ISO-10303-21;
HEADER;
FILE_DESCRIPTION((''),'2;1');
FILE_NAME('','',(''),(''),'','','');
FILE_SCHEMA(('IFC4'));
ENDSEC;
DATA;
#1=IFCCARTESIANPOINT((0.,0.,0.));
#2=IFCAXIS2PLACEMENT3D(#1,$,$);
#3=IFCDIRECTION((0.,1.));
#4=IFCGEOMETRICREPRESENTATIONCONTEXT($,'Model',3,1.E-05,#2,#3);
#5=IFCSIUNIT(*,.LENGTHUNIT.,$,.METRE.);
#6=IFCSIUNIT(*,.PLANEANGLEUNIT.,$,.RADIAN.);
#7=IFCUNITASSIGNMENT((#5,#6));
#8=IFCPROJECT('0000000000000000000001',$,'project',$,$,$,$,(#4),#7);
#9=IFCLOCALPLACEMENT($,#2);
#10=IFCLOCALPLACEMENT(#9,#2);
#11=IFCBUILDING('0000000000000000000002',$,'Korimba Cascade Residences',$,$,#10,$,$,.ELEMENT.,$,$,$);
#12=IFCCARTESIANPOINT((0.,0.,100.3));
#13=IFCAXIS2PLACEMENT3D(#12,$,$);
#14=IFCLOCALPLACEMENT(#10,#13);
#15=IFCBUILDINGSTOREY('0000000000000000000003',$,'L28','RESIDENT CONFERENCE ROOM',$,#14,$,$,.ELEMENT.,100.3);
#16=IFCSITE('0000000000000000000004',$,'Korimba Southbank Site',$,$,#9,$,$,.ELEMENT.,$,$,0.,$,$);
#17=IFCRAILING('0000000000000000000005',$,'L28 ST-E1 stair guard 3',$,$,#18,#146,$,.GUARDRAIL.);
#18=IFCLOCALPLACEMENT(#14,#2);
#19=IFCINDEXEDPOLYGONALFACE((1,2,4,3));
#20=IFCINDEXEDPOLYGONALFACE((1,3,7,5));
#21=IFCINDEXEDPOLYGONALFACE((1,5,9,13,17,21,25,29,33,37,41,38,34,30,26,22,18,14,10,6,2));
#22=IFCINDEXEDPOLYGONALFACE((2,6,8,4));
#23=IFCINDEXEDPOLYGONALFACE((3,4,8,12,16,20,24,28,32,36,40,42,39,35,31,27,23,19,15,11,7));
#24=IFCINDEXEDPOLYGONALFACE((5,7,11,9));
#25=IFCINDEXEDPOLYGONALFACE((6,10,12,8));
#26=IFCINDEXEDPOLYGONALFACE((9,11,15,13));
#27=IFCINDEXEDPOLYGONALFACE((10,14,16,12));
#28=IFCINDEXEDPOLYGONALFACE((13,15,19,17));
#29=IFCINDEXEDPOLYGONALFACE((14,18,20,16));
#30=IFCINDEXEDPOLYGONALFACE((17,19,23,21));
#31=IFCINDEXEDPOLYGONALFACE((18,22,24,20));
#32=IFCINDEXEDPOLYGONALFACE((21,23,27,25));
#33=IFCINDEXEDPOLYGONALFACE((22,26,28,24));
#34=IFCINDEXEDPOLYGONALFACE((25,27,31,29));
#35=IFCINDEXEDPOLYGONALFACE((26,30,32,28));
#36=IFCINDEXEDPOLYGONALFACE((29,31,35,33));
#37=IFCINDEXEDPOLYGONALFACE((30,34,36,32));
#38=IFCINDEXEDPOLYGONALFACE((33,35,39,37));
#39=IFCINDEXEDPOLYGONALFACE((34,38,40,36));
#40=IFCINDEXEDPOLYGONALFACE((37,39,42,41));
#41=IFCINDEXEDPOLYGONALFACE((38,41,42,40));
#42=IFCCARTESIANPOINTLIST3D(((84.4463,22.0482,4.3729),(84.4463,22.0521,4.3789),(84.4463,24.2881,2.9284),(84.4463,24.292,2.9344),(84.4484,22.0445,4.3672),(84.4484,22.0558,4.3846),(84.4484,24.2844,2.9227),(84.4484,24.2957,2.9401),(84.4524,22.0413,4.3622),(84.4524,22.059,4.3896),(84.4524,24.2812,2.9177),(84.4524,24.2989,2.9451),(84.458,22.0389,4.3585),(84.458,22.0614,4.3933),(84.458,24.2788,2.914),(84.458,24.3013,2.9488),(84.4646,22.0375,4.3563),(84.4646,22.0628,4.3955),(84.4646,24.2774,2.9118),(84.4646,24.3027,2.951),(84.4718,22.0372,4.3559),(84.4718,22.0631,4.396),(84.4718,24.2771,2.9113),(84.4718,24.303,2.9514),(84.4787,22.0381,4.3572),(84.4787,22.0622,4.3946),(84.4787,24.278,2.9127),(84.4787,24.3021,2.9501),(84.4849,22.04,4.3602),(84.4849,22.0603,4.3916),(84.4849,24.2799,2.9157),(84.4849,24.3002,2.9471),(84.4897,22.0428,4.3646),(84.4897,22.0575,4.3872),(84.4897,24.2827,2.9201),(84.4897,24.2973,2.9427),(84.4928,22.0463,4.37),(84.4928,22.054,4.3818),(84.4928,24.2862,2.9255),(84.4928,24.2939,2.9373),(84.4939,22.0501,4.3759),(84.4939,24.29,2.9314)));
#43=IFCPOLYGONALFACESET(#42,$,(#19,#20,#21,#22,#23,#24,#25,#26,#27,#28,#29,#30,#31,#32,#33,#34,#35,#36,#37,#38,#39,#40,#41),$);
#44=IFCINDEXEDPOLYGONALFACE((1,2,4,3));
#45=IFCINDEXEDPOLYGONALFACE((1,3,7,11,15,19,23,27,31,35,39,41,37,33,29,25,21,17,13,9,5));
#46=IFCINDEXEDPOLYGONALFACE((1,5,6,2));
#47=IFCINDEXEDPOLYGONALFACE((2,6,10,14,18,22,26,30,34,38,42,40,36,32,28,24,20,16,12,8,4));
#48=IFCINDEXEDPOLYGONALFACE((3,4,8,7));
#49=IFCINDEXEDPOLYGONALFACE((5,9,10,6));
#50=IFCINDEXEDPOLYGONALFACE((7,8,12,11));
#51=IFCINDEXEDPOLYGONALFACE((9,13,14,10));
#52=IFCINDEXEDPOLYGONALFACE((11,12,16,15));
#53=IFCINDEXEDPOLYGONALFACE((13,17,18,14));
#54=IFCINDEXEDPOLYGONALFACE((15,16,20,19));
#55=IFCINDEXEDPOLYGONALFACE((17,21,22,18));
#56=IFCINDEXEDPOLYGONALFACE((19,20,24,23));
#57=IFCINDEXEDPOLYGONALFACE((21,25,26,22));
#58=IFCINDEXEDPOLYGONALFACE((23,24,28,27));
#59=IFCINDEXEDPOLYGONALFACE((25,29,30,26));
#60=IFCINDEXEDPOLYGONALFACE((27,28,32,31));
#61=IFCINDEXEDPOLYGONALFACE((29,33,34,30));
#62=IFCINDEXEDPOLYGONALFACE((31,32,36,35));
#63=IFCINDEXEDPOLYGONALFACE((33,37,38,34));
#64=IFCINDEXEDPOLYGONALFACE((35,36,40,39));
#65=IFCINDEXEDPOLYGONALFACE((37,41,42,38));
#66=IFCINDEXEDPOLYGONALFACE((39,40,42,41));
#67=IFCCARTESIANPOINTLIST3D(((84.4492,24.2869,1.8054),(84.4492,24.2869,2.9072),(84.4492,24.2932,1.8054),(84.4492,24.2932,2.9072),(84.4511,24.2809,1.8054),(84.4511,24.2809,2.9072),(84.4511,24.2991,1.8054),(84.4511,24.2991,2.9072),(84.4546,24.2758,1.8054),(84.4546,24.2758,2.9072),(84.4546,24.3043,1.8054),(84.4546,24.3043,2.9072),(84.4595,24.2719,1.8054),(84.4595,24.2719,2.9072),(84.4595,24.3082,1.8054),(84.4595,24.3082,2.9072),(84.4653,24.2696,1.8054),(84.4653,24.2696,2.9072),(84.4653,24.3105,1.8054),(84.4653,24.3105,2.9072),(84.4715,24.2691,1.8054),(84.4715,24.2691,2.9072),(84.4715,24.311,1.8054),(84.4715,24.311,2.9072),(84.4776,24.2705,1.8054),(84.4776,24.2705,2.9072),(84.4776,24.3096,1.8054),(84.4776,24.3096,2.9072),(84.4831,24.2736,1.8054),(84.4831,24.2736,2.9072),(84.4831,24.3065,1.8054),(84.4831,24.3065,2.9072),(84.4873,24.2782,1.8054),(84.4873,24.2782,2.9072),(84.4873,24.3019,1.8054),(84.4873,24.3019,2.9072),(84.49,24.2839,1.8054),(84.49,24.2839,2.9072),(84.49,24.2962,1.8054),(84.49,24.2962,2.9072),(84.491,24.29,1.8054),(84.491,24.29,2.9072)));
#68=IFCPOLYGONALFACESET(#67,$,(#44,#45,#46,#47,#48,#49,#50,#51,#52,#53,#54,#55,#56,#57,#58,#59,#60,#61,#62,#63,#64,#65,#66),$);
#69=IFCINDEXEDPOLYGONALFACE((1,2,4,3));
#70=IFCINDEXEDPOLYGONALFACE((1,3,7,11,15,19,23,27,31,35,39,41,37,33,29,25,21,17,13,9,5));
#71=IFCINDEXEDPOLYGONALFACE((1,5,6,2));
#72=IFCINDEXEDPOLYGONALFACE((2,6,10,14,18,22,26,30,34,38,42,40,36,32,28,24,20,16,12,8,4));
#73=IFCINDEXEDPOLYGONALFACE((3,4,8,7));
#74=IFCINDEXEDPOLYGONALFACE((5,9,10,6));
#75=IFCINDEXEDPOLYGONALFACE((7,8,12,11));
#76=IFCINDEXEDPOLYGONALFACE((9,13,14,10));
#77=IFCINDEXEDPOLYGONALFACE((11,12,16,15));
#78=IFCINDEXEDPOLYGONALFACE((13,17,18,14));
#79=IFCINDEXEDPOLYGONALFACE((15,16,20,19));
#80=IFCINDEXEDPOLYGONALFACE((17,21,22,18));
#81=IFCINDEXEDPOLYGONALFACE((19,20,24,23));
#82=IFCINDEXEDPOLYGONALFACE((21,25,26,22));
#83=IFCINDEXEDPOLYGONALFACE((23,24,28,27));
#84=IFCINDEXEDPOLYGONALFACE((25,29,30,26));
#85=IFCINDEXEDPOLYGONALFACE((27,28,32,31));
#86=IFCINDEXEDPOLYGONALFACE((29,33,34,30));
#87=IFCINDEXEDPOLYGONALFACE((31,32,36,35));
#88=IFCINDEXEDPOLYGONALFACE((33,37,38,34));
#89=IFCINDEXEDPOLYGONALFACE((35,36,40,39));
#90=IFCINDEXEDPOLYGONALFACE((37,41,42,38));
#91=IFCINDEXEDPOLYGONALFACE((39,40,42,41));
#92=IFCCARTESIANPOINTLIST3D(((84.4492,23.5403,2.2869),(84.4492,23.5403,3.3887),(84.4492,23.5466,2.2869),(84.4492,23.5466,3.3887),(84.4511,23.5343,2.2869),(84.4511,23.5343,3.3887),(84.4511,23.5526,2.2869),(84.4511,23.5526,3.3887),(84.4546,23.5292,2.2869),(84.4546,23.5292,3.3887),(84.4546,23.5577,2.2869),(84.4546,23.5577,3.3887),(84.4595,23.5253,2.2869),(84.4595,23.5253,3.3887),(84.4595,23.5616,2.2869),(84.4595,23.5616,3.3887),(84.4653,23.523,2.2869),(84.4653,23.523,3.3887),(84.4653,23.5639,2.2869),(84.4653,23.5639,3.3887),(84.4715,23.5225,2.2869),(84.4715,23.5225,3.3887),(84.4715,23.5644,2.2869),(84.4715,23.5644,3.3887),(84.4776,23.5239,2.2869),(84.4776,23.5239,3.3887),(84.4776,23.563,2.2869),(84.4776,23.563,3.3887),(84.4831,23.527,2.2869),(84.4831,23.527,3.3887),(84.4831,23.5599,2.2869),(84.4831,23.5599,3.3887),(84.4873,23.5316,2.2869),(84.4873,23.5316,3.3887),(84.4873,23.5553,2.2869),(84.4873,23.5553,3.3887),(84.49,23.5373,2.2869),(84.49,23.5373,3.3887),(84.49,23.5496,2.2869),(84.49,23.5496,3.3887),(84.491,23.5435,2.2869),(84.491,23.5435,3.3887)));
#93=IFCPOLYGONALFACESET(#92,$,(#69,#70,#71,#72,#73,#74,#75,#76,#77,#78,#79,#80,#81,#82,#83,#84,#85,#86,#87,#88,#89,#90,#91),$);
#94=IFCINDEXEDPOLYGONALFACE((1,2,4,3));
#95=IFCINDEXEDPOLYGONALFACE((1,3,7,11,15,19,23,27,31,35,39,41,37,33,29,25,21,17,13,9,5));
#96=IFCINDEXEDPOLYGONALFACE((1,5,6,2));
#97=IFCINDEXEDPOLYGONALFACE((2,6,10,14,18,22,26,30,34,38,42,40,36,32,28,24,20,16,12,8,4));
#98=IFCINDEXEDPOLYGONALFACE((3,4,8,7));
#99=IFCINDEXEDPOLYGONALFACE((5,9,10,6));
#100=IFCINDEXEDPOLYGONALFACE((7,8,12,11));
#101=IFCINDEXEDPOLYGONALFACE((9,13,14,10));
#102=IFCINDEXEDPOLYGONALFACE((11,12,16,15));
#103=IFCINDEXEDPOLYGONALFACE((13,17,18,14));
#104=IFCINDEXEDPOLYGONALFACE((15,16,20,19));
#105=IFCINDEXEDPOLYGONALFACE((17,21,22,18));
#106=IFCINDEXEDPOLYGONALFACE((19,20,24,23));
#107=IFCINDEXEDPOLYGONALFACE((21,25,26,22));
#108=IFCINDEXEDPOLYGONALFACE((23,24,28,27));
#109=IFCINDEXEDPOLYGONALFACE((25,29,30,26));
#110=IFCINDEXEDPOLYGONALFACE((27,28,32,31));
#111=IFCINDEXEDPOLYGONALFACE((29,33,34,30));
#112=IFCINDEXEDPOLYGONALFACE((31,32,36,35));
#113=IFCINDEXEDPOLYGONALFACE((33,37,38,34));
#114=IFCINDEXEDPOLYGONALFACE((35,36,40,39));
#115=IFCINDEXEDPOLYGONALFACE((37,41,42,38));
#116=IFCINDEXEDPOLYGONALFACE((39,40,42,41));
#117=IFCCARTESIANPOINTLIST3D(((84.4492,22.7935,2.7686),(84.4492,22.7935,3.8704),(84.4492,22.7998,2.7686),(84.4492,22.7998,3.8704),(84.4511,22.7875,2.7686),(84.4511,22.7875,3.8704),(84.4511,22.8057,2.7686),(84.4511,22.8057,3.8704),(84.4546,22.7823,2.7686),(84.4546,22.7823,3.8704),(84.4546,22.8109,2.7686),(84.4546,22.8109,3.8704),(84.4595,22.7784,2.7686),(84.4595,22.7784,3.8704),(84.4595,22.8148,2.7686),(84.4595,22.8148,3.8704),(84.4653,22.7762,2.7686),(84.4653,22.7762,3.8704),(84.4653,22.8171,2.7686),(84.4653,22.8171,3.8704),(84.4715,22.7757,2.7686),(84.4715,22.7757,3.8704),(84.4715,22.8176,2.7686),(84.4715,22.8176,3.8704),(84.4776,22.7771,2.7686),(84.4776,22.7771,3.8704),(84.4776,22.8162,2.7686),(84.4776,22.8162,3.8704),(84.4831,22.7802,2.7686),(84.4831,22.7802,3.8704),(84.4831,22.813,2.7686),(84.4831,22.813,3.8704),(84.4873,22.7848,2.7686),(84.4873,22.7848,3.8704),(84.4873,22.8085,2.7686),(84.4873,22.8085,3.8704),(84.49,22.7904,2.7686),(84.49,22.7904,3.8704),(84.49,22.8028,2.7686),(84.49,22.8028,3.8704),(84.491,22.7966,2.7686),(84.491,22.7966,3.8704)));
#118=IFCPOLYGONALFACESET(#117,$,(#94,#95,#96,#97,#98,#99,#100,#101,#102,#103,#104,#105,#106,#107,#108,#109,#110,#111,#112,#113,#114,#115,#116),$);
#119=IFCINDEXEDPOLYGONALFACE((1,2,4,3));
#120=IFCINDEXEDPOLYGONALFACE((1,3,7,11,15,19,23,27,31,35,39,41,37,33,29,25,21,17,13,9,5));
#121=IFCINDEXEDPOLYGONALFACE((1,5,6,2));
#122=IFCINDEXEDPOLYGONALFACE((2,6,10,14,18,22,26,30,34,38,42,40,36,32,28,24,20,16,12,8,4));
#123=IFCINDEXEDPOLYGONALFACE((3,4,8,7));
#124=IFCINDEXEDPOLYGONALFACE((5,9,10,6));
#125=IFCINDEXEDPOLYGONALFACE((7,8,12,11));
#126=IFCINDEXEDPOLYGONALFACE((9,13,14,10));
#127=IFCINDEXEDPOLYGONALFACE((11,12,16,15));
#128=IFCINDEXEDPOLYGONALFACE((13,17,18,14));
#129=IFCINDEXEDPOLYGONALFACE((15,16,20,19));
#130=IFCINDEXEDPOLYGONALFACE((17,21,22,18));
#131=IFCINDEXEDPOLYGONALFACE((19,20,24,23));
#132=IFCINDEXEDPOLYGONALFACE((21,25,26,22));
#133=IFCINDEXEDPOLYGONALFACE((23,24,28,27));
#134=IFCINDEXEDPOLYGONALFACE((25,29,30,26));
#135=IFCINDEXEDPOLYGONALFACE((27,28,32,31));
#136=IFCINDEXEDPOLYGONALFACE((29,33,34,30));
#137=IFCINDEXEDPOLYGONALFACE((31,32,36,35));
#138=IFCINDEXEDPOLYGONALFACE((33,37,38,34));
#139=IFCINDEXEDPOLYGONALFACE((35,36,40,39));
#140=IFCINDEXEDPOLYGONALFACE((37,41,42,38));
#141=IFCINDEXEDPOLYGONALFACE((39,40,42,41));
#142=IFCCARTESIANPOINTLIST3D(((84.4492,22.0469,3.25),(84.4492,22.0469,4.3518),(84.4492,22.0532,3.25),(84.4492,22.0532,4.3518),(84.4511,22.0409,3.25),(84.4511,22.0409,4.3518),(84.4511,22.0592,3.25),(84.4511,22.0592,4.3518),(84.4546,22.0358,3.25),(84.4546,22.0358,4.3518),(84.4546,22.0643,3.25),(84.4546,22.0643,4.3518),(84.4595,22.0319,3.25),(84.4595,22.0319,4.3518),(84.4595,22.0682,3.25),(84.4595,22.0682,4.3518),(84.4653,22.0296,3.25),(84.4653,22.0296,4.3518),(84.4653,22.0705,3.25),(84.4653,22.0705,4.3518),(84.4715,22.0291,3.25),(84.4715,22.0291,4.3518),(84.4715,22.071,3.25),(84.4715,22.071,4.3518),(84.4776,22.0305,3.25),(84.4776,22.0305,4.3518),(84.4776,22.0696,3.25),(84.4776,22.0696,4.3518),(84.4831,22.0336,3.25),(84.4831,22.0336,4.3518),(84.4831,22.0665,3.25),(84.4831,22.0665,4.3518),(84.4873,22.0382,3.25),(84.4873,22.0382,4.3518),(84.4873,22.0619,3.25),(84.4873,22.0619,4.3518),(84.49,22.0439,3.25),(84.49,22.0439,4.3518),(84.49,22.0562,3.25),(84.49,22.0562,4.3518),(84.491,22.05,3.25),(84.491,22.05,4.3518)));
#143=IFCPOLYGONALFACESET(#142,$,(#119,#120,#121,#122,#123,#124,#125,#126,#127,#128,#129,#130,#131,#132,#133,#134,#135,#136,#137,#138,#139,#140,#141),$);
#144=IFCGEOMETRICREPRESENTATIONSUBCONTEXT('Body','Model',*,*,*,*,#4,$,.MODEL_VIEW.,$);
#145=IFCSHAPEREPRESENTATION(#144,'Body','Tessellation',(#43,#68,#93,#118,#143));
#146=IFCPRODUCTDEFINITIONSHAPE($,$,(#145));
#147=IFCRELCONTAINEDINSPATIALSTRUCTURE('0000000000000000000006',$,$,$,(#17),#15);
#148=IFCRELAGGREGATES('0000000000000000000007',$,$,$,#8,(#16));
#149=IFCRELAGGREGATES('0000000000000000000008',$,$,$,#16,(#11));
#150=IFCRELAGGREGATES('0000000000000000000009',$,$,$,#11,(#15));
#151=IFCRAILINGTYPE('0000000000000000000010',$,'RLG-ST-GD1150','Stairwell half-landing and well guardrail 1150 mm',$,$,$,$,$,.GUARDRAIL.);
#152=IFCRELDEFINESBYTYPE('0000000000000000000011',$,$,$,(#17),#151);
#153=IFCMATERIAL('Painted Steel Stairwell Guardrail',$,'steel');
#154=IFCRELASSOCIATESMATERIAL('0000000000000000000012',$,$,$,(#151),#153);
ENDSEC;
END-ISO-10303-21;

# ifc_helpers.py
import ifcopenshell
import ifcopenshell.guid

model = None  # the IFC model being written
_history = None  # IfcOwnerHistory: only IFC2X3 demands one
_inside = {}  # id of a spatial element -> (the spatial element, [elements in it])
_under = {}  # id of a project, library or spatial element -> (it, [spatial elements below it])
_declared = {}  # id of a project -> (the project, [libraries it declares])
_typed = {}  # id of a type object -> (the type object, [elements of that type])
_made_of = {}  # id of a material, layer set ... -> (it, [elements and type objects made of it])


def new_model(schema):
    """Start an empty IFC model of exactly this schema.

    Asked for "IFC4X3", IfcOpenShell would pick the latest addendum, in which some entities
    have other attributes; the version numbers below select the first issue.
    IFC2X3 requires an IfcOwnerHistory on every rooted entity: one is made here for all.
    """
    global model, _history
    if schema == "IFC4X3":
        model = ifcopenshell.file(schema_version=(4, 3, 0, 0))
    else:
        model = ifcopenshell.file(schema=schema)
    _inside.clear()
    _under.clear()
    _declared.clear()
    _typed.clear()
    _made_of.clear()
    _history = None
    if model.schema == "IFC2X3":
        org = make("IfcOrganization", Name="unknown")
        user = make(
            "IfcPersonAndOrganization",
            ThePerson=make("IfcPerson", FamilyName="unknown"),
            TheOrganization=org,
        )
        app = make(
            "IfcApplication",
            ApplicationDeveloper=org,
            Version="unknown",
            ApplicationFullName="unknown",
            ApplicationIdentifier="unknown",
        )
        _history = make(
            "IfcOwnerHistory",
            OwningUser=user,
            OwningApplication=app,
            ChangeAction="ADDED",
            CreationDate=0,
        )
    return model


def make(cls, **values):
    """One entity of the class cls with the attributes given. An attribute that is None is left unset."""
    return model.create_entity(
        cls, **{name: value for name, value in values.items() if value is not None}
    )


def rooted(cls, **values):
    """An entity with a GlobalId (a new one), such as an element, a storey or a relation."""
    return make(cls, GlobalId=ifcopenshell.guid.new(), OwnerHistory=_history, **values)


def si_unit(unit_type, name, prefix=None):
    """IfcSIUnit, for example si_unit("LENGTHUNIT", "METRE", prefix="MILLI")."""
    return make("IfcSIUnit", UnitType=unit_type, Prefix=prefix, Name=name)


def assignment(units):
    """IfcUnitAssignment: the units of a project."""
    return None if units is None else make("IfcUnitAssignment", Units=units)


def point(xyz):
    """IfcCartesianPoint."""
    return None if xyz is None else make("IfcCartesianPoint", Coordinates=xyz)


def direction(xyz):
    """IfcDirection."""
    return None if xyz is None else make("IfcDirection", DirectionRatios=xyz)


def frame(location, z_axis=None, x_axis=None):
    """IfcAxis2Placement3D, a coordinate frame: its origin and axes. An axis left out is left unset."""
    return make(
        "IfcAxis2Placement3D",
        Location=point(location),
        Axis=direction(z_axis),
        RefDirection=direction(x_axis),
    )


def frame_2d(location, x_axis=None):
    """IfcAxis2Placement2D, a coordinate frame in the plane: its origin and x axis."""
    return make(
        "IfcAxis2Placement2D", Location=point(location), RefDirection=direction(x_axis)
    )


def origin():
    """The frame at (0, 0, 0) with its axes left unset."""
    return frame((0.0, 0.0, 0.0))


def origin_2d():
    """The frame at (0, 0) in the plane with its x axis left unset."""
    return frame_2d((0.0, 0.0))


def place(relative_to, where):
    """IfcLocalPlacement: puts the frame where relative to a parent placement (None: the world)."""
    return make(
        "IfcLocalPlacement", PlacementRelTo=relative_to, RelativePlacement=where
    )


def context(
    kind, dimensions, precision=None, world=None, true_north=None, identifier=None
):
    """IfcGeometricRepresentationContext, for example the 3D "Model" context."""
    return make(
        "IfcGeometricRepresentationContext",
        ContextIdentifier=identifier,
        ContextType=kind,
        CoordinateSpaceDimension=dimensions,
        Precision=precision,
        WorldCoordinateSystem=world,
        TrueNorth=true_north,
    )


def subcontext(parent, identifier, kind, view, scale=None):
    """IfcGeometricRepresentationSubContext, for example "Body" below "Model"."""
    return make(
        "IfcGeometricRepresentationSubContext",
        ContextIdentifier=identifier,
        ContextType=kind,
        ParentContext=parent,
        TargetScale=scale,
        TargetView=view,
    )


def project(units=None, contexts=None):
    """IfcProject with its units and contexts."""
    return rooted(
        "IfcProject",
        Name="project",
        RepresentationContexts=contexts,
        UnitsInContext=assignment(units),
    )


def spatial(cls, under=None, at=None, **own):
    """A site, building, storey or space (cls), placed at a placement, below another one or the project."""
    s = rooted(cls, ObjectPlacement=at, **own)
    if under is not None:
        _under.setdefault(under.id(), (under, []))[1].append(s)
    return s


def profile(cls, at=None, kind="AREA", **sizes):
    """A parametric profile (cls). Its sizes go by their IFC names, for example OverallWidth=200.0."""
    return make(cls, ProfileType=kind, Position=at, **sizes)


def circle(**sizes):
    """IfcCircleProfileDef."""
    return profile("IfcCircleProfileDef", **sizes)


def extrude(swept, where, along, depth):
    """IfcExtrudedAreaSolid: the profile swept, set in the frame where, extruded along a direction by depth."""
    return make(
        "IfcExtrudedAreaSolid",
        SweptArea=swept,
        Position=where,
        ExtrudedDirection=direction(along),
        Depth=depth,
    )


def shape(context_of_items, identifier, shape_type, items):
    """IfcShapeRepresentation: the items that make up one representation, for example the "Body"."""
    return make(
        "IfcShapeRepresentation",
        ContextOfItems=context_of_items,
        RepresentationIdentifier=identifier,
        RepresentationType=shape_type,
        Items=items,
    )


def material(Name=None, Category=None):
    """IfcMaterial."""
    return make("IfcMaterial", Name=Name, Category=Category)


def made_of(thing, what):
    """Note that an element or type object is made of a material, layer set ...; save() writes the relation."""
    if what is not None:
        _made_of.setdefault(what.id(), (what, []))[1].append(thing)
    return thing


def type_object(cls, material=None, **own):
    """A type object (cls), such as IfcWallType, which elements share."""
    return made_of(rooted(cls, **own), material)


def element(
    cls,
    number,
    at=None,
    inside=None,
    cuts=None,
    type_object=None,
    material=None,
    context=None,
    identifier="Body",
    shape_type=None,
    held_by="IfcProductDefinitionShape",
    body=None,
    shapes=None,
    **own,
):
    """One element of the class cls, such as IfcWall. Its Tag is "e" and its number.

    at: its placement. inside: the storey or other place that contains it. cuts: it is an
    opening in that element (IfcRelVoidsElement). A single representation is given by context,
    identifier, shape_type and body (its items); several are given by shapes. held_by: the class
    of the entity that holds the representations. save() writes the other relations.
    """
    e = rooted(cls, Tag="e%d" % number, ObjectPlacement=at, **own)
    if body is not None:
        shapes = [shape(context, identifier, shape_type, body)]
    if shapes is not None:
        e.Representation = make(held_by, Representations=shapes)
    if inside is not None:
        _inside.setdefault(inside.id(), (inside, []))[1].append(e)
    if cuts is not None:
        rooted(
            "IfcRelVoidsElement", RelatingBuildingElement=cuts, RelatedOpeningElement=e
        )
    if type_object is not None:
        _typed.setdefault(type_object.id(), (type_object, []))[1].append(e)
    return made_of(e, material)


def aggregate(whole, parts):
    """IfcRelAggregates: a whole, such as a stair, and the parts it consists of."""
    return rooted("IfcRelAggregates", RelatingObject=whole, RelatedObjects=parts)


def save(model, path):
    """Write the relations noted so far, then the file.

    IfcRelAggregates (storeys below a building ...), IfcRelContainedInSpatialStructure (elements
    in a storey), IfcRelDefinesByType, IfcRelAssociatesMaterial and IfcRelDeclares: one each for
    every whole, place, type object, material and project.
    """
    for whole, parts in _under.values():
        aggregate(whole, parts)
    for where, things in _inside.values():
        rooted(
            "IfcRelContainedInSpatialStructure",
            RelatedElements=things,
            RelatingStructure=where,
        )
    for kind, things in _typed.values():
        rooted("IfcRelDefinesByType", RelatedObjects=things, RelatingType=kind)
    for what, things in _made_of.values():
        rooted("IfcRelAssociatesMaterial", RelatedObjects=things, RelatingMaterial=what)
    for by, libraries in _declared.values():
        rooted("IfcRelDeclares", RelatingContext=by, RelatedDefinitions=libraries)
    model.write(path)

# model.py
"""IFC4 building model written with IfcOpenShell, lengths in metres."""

from ifc_helpers import new_model, si_unit, direction, frame, origin, origin_2d, place, context, subcontext, project, spatial, circle, extrude, material, type_object, element, save


model = new_model("IFC4")

# Units and contexts
model_context = context("Model", 3, precision=1e-05, world=origin(), true_north=direction((0.0, 1.0)))
body_context = subcontext(model_context, "Body", "Model", "MODEL_VIEW")
ifc_project = project(units=[si_unit("LENGTHUNIT", "METRE"), si_unit("PLANEANGLEUNIT", "RADIAN")], contexts=[model_context])

# Site, building, storey
site_placement = place(None, origin())
site = spatial("IfcSite", under=ifc_project, at=site_placement, Name="Korimba Southbank Site", CompositionType="ELEMENT", RefElevation=0.0)
building_placement = place(site_placement, origin())
building = spatial("IfcBuilding", under=site, at=building_placement, Name="Korimba Cascade Residences", CompositionType="ELEMENT")
storey_placement = place(building_placement, frame((0.0, 0.0, 100.3)))
storey = spatial("IfcBuildingStorey", under=building, at=storey_placement, Name="L28", Description="RESIDENT CONFERENCE ROOM", CompositionType="ELEMENT", Elevation=100.3)

# Railing
ifc_material_1 = material(Name="Painted Steel Stairwell Guardrail", Category="steel")
railing_type_1 = type_object("IfcRailingType", Name="RLG-ST-GD1150", Description="Stairwell half-landing and well guardrail 1150 mm", PredefinedType="GUARDRAIL", material=ifc_material_1)
railing_1_placement = place(storey_placement, frame((84.47, 24.29, 1.8054)))
element("IfcRailing", 1, at=railing_1_placement, inside=storey, type_object=railing_type_1, Name="L28 ST-E1 stair guard 3", PredefinedType="GUARDRAIL", context=body_context, shape_type="SweptSolid", body=[
    extrude(circle(Radius=0.0239, at=origin_2d()), frame((0.0, 0.0, 1.126), z_axis=(0.0, -0.840395, 0.541975), x_axis=(1.0, 0.0, 0.0)), (0.0, 0.0, 1.0), 2.6653),
    extrude(circle(Radius=0.021, at=origin_2d()), origin(), (0.0, 0.0, 1.0), 1.1018),
    extrude(circle(Radius=0.021, at=origin_2d()), frame((0.0, -0.7466, 0.4814)), (0.0, 0.0, 1.0), 1.1018),
    extrude(circle(Radius=0.021, at=origin_2d()), frame((0.0, -1.4934, 0.9631)), (0.0, 0.0, 1.0), 1.1018),
    extrude(circle(Radius=0.021, at=origin_2d()), frame((0.0, -2.24, 1.4446)), (0.0, 0.0, 1.0), 1.1018),
])

save(model, "model.ifc")
